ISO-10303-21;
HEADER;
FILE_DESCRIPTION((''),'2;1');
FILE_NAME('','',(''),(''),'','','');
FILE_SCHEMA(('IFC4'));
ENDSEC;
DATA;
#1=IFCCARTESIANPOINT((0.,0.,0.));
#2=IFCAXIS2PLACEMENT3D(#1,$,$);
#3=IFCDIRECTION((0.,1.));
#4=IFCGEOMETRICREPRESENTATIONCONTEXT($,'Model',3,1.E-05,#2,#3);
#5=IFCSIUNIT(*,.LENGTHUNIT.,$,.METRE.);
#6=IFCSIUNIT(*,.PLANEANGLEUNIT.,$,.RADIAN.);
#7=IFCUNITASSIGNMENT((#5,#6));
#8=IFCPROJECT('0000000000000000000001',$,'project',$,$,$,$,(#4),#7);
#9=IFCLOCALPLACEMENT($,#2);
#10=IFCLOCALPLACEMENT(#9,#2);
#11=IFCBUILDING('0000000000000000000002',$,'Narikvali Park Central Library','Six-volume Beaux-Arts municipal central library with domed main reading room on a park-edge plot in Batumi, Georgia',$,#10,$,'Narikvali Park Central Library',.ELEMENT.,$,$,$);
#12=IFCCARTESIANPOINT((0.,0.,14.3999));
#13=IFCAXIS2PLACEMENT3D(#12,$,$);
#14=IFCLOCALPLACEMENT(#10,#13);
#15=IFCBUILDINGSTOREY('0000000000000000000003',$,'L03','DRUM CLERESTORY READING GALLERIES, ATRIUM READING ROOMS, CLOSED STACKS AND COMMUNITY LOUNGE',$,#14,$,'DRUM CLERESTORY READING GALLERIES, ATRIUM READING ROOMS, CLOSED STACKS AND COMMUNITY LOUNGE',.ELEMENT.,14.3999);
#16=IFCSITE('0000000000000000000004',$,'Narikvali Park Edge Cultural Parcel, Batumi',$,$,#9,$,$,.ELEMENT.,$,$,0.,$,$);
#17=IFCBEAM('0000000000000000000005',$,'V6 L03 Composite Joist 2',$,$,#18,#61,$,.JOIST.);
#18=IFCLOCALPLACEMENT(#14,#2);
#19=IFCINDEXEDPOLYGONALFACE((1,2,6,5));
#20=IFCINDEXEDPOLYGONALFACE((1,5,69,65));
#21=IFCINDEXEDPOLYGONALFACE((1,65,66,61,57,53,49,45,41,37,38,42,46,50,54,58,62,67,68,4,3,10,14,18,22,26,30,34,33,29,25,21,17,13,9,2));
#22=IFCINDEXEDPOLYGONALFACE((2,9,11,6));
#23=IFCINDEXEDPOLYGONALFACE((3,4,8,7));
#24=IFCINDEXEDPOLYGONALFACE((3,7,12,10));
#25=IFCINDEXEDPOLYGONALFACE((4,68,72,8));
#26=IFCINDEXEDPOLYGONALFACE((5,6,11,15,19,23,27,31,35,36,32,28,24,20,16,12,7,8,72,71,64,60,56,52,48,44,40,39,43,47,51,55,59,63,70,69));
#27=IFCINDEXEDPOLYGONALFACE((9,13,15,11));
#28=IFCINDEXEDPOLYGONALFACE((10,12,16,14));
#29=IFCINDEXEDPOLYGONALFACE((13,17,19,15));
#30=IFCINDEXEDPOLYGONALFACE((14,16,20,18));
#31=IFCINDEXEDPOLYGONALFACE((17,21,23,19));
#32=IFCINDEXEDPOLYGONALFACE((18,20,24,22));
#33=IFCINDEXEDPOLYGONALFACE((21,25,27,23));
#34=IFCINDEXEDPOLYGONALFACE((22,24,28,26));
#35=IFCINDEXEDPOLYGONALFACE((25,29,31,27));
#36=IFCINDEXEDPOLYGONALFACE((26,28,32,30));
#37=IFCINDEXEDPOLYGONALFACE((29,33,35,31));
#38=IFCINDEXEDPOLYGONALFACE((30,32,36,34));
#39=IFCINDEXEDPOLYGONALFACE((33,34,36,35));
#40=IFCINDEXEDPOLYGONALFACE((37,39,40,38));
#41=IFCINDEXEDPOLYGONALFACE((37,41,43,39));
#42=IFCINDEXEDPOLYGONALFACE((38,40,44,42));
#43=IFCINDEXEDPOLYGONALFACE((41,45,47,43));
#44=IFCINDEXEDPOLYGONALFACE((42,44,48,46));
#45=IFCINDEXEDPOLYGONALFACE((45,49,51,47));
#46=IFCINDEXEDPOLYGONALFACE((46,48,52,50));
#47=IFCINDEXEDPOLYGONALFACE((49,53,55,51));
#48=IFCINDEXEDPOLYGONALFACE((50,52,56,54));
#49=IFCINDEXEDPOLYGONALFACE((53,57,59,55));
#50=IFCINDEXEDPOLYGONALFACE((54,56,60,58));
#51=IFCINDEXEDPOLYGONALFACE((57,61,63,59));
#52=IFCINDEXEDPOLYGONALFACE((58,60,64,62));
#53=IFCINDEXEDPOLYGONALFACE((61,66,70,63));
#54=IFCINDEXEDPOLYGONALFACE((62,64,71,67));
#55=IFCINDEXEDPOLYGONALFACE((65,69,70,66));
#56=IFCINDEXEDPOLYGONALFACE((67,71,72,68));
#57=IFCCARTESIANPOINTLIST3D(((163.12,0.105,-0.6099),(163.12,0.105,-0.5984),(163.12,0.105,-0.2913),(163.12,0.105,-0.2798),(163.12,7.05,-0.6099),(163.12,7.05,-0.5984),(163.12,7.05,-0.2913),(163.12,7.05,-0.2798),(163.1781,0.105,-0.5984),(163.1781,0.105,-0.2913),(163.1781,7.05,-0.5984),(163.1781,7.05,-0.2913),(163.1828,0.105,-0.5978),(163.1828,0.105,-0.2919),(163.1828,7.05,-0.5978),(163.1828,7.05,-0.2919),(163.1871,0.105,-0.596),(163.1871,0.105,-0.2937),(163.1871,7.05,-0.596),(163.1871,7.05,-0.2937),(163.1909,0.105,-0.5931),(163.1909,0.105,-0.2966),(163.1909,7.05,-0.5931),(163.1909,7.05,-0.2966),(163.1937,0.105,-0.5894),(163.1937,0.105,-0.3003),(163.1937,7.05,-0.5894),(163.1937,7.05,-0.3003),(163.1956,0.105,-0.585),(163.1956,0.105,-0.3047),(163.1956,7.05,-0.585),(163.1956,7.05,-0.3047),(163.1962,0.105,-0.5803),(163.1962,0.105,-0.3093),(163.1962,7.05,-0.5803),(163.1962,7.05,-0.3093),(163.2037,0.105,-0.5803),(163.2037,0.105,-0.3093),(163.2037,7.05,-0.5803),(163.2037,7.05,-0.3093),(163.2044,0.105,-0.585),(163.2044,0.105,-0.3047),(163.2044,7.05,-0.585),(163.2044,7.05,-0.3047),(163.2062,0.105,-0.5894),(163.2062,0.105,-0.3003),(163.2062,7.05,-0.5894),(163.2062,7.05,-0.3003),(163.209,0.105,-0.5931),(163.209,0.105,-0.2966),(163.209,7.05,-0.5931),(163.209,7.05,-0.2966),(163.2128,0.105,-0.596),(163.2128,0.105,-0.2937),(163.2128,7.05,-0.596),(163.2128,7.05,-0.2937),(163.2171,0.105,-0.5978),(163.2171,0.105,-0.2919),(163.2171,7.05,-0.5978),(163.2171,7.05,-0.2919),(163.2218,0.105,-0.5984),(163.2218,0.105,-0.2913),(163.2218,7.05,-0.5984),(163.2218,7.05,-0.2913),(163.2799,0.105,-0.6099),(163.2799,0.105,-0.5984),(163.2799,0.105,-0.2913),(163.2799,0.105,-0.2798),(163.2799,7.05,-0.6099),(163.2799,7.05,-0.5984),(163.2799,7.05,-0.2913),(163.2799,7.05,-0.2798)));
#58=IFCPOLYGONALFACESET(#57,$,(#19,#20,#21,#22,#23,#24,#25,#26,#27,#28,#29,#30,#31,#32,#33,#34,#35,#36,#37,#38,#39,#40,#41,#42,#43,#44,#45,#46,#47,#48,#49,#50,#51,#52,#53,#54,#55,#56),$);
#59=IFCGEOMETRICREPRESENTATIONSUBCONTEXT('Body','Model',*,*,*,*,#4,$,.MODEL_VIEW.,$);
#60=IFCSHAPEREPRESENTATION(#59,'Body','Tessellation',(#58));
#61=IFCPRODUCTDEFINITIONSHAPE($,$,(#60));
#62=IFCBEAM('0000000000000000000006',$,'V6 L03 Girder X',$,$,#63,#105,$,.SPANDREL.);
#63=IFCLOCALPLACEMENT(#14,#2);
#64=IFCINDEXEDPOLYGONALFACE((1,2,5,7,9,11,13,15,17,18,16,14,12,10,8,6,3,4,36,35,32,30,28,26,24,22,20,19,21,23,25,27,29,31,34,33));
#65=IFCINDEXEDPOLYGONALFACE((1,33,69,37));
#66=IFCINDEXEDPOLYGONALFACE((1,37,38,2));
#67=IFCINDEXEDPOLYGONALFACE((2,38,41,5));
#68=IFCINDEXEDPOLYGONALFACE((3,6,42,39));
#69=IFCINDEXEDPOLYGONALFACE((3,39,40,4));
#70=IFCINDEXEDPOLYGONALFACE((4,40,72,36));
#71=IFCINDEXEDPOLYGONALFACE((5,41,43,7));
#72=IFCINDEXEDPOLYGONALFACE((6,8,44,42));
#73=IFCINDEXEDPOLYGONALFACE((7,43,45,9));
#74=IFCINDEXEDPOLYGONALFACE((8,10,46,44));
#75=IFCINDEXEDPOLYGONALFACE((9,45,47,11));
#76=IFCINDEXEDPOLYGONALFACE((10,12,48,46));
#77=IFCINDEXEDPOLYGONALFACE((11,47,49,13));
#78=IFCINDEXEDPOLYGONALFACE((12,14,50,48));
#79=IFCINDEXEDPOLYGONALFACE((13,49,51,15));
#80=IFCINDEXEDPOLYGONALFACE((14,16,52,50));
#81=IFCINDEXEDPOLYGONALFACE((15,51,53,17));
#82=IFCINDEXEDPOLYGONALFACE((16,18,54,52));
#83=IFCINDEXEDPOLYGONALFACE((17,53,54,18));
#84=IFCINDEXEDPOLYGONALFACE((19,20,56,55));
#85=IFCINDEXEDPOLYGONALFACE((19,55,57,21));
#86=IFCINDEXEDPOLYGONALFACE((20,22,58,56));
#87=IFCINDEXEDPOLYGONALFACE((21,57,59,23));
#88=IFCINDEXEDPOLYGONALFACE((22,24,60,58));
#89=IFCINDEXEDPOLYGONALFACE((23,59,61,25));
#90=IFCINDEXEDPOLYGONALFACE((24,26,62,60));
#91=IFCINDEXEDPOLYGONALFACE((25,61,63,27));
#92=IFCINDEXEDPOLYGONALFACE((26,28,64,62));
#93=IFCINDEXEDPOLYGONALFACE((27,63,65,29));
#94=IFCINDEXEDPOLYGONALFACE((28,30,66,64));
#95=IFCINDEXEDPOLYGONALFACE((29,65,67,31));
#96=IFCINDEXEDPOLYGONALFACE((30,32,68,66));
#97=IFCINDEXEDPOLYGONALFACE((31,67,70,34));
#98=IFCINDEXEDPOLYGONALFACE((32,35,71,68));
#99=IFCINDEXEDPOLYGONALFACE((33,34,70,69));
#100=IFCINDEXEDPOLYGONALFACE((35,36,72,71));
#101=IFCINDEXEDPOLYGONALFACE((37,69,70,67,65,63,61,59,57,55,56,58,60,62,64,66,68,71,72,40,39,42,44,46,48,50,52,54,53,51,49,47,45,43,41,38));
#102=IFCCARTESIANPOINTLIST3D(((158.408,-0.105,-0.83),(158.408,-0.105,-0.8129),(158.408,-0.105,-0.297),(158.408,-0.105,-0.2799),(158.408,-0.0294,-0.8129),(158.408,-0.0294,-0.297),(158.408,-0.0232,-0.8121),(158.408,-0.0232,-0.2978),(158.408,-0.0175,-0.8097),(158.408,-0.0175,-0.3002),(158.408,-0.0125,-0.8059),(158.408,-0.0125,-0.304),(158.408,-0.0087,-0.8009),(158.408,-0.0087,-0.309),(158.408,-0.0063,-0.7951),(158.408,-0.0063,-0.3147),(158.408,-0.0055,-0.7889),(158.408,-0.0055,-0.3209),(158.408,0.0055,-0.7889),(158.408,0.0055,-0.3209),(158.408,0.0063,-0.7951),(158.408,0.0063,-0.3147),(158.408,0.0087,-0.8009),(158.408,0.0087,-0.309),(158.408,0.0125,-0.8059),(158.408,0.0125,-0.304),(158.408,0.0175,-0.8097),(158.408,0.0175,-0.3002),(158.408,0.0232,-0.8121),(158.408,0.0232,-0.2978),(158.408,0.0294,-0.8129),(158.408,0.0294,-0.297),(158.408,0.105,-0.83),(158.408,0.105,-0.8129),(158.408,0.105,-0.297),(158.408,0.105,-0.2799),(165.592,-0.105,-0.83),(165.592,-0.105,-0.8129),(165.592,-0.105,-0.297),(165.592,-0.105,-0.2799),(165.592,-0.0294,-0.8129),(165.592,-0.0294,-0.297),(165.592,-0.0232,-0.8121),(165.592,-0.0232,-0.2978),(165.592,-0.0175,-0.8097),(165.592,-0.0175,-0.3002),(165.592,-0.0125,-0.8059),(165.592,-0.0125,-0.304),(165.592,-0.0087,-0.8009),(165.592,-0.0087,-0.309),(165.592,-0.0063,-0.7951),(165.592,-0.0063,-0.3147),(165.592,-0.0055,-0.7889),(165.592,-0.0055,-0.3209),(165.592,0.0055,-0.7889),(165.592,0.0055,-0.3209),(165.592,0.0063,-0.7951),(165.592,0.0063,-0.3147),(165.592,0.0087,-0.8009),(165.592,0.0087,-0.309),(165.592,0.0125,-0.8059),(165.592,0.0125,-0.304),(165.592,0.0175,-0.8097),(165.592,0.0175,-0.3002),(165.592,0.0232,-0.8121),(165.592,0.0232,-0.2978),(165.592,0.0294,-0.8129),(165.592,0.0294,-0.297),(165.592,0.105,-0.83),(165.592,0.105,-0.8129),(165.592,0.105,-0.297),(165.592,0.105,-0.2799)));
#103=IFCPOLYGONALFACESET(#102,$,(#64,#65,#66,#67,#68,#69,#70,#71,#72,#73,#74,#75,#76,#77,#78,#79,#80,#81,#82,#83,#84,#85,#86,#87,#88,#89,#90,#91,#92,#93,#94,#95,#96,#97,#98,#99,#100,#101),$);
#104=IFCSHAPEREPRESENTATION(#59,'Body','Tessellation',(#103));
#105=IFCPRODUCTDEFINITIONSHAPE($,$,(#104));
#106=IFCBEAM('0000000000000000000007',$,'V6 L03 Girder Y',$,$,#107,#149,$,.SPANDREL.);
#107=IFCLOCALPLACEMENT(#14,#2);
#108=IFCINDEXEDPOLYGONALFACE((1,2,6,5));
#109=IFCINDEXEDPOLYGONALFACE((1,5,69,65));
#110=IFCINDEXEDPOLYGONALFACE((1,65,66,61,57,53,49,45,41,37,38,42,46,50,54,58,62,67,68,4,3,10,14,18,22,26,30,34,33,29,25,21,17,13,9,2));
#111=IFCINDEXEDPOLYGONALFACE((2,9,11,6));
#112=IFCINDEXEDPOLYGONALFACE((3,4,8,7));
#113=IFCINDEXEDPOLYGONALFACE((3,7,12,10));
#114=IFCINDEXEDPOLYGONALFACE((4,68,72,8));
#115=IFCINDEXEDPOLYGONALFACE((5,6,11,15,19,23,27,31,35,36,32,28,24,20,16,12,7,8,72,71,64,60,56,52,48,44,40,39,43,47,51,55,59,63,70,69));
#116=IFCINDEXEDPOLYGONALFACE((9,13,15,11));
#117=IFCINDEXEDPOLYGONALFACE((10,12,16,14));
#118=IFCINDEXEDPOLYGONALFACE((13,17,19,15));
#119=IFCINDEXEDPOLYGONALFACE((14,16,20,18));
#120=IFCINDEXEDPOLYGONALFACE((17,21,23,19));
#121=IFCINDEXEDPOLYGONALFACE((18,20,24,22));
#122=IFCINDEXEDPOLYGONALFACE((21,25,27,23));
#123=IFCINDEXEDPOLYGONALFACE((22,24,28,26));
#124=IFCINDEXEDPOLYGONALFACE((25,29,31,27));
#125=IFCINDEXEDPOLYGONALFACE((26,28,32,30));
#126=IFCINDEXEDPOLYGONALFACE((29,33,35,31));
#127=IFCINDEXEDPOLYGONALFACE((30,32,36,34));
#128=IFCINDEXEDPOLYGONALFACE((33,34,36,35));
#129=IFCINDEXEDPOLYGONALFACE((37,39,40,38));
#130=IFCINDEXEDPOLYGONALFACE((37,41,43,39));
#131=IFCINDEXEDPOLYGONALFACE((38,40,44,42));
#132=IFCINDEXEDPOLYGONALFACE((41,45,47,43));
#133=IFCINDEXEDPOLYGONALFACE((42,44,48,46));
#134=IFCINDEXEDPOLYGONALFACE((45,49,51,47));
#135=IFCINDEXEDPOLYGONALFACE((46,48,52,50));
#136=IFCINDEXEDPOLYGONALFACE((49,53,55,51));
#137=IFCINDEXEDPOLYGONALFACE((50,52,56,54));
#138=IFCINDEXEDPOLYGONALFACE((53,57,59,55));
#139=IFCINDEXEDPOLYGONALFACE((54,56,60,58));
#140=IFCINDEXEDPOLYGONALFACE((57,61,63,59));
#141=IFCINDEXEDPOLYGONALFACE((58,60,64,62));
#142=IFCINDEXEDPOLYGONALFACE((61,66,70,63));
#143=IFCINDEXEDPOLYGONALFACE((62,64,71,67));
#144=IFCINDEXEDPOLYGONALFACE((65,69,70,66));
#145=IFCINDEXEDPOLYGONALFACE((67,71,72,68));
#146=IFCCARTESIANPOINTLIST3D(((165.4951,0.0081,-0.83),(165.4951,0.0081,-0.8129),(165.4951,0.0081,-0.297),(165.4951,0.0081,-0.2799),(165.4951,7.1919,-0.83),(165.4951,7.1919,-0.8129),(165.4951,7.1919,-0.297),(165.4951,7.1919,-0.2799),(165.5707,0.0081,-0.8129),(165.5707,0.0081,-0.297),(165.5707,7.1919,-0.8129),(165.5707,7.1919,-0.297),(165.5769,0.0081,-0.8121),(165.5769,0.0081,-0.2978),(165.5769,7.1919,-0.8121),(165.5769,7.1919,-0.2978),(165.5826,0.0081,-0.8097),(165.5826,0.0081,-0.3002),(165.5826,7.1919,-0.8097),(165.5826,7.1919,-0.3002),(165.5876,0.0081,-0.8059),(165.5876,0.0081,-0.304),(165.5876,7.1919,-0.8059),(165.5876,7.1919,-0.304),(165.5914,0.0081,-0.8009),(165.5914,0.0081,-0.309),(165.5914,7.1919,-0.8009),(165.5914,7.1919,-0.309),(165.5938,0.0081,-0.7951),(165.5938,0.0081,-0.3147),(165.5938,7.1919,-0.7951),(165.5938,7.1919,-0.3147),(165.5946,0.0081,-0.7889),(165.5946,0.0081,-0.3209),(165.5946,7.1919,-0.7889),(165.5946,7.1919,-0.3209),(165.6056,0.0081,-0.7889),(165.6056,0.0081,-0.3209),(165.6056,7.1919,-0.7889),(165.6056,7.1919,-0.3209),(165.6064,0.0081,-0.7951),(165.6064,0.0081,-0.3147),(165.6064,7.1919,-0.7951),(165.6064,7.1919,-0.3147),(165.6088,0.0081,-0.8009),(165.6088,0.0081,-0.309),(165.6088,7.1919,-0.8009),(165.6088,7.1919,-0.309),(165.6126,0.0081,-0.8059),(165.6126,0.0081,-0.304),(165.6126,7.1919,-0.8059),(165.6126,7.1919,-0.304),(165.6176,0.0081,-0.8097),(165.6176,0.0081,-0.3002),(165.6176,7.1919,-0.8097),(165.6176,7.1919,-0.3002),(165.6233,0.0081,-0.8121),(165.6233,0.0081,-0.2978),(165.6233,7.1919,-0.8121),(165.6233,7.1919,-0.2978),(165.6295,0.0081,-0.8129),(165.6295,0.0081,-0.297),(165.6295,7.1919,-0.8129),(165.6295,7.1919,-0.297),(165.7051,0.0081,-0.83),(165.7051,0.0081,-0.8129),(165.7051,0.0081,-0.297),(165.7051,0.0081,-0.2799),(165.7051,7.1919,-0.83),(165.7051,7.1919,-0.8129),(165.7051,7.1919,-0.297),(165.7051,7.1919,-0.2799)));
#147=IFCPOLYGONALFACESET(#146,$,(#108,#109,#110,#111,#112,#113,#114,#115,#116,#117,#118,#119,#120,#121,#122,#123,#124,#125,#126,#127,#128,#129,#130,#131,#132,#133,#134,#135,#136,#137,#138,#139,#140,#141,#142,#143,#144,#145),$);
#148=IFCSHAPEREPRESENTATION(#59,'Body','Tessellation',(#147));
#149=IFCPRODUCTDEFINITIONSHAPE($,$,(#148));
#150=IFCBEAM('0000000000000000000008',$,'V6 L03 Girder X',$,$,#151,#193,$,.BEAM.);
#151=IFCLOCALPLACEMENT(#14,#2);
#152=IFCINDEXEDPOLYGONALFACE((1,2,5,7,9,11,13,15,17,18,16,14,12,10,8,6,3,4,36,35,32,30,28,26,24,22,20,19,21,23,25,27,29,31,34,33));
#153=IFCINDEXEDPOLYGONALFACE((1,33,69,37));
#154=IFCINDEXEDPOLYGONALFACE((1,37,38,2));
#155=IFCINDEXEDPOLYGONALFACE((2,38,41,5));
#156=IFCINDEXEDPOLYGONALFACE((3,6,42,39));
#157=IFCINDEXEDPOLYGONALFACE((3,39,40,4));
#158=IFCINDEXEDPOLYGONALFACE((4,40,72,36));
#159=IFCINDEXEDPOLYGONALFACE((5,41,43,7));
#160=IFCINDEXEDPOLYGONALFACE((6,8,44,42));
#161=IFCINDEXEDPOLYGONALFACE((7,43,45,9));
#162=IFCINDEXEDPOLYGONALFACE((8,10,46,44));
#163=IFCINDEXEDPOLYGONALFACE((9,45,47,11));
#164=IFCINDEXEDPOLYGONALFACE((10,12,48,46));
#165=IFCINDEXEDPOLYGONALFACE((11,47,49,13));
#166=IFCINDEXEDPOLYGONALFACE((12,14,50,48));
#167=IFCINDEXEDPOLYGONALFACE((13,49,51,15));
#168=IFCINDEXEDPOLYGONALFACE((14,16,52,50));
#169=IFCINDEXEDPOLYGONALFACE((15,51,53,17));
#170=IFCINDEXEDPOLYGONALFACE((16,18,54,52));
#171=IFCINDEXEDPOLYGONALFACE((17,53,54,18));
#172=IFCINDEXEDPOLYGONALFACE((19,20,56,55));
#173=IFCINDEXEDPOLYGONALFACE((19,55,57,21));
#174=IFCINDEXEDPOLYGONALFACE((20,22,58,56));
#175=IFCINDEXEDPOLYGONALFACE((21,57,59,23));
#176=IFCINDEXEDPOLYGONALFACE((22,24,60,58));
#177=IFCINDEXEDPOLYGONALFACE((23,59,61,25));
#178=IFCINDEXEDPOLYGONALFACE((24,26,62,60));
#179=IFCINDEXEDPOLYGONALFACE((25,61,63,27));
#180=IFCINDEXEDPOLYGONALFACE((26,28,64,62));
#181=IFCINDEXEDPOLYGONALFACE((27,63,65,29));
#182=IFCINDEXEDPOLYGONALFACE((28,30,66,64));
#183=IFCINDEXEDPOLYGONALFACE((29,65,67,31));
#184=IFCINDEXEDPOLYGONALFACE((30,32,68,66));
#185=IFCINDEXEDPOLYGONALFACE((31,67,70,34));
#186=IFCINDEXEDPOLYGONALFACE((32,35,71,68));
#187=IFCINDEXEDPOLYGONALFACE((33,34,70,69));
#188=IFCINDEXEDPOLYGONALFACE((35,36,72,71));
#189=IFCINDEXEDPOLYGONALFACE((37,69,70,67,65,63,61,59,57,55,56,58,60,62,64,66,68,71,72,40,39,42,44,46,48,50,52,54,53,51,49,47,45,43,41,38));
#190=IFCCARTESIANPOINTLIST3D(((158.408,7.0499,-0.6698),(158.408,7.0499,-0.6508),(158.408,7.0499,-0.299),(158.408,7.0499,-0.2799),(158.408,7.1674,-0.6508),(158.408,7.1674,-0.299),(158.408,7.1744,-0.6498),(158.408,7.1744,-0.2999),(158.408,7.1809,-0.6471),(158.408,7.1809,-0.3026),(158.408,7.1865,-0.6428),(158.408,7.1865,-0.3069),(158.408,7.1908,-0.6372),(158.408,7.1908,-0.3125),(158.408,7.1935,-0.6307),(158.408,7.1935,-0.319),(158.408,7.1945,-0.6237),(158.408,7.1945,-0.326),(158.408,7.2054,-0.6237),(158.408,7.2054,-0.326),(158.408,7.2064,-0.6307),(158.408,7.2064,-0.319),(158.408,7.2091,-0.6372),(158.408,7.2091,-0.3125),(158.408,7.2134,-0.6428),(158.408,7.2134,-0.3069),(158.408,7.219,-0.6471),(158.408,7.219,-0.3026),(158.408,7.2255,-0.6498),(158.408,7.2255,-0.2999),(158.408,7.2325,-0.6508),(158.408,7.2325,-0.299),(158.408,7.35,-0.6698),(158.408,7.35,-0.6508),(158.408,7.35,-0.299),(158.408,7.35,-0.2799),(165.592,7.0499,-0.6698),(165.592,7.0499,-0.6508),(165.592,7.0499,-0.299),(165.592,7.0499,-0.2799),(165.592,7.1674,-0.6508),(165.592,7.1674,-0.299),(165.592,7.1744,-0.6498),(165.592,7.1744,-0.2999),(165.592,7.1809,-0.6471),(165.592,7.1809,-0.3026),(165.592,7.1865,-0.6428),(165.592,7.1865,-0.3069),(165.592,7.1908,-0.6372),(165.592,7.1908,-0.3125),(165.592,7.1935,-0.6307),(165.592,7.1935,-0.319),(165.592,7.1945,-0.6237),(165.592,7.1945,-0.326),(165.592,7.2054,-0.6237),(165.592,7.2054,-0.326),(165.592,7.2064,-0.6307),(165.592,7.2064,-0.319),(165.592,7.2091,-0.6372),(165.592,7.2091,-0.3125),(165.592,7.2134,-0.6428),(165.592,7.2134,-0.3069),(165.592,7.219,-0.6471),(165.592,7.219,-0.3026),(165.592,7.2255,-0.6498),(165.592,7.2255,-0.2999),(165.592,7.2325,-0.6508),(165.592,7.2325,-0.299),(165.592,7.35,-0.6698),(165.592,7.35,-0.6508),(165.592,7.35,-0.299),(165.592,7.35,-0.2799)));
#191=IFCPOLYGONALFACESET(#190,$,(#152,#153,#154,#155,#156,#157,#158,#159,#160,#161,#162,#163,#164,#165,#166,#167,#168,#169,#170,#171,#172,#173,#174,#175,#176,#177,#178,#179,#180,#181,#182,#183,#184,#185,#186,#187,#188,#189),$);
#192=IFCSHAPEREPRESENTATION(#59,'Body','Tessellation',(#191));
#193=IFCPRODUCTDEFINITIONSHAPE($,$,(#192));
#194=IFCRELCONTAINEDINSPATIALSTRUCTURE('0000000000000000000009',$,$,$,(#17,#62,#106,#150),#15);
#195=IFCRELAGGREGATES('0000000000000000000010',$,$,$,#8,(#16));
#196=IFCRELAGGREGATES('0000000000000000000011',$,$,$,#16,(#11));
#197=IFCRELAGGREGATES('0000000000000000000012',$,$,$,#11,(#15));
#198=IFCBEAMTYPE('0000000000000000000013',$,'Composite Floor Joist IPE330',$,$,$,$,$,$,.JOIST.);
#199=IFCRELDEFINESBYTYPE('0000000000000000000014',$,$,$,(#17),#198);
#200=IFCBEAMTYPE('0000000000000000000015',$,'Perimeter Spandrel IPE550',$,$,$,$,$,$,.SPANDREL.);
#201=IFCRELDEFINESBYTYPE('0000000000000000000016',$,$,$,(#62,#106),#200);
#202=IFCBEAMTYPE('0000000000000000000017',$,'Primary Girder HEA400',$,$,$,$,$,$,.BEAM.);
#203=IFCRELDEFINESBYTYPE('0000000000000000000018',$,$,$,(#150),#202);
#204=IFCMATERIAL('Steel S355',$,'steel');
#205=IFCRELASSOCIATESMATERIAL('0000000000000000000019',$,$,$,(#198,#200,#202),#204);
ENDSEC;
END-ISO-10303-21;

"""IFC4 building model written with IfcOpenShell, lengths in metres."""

from ifc_helpers import new_model, si_unit, direction, frame, origin, origin_2d, place, context, subcontext, project, spatial, i_section, extrude, material, material_profile, profile_set, type_object, element, save


model = new_model("IFC4")

# Units and contexts
model_context = context("Model", 3, precision=1e-05, world=origin(), true_north=direction((0.0, 1.0)))
body_context = subcontext(model_context, "Body", "Model", "MODEL_VIEW")
ifc_project = project(units=[si_unit("LENGTHUNIT", "METRE"), si_unit("PLANEANGLEUNIT", "RADIAN")], contexts=[model_context])

# Site, building, storey
site_placement = place(None, origin())
site = spatial("IfcSite", under=ifc_project, at=site_placement, Name="Narikvali Park Edge Cultural Parcel, Batumi", CompositionType="ELEMENT", RefElevation=0.0)
building_placement = place(site_placement, origin())
building = spatial("IfcBuilding", under=site, at=building_placement, Name="Narikvali Park Central Library", Description="Six-volume Beaux-Arts municipal central library with domed main reading room on a park-edge plot in Batumi, Georgia", LongName="Narikvali Park Central Library", CompositionType="ELEMENT")
storey_placement = place(building_placement, frame((0.0, 0.0, 14.3999)))
storey = spatial("IfcBuildingStorey", under=building, at=storey_placement, Name="L03", Description="DRUM CLERESTORY READING GALLERIES, ATRIUM READING ROOMS, CLOSED STACKS AND COMMUNITY LOUNGE", LongName="DRUM CLERESTORY READING GALLERIES, ATRIUM READING ROOMS, CLOSED STACKS AND COMMUNITY LOUNGE", CompositionType="ELEMENT", Elevation=14.3999)

# Shared definitions
ifc_material_1 = material(Name="Steel S355", Category="steel")

# Beams
ifc_material_profile_1 = material_profile(ifc_material_1, i_section(OverallWidth=0.1599, OverallDepth=0.3301, WebThickness=0.0076, FlangeThickness=0.0115, FilletRadius=0.0181, at=origin_2d()), Name="IPE 330")
ifc_profile_set_1 = profile_set([ifc_material_profile_1], Name="Steel S355")
beam_type_1 = type_object("IfcBeamType", Name="Composite Floor Joist IPE330", PredefinedType="JOIST", material=ifc_profile_set_1)
for number, where, z_axis, x_axis, name in (
    (1, (163.2, 0.105, -0.4448), (0.0, 1.0, 0.0), (-1.0, 0.0, 0.0), "V6 L03 Composite Joist 2"),
):
    element("IfcBeam", number, at=place(storey_placement, frame(where, z_axis=z_axis, x_axis=x_axis)), inside=storey, type_object=beam_type_1, Name=name, PredefinedType="JOIST", context=body_context, shape_type="SweptSolid", body=[
        extrude(i_section(OverallWidth=0.1599, OverallDepth=0.3301, WebThickness=0.0076, FlangeThickness=0.0115, FilletRadius=0.0181, at=origin_2d()), origin(), (0.0, 0.0, 1.0), 6.9451),
    ])
ifc_material_profile_2 = material_profile(ifc_material_1, i_section(OverallWidth=0.21, OverallDepth=0.55, WebThickness=0.011, FlangeThickness=0.0171, FilletRadius=0.0239, at=origin_2d()), Name="IPE 550")
ifc_profile_set_2 = profile_set([ifc_material_profile_2], Name="Steel S355")
beam_type_2 = type_object("IfcBeamType", Name="Perimeter Spandrel IPE550", PredefinedType="SPANDREL", material=ifc_profile_set_2)
beam_1_placement = place(storey_placement, frame((158.408, 0.0, -0.5549), z_axis=(1.0, 0.0, 0.0), x_axis=(0.0, 1.0, 0.0)))
element("IfcBeam", 2, at=beam_1_placement, inside=storey, type_object=beam_type_2, Name="V6 L03 Girder X", PredefinedType="SPANDREL", context=body_context, shape_type="SweptSolid", body=[
    extrude(i_section(OverallWidth=0.21, OverallDepth=0.55, WebThickness=0.011, FlangeThickness=0.0171, FilletRadius=0.0239, at=origin_2d()), origin(), (0.0, 0.0, 1.0), 7.1841),
])
beam_2_placement = place(storey_placement, frame((165.6001, 0.0081, -0.5549), z_axis=(0.0, 1.0, 0.0), x_axis=(-1.0, 0.0, 0.0)))
element("IfcBeam", 3, at=beam_2_placement, inside=storey, type_object=beam_type_2, Name="V6 L03 Girder Y", PredefinedType="SPANDREL", context=body_context, shape_type="SweptSolid", body=[
    extrude(i_section(OverallWidth=0.21, OverallDepth=0.55, WebThickness=0.011, FlangeThickness=0.0171, FilletRadius=0.0239, at=origin_2d()), origin(), (0.0, 0.0, 1.0), 7.1838),
])
ifc_material_profile_3 = material_profile(ifc_material_1, i_section(OverallWidth=0.3, OverallDepth=0.3899, WebThickness=0.011, FlangeThickness=0.019, FilletRadius=0.0271, at=origin_2d()), Name="HEA 400")
ifc_profile_set_3 = profile_set([ifc_material_profile_3], Name="Steel S355")
beam_type_3 = type_object("IfcBeamType", Name="Primary Girder HEA400", PredefinedType="BEAM", material=ifc_profile_set_3)
beam_3_placement = place(storey_placement, frame((158.408, 7.2, -0.4749), z_axis=(1.0, 0.0, 0.0), x_axis=(0.0, 1.0, 0.0)))
element("IfcBeam", 4, at=beam_3_placement, inside=storey, type_object=beam_type_3, Name="V6 L03 Girder X", PredefinedType="BEAM", context=body_context, shape_type="SweptSolid", body=[
    extrude(i_section(OverallWidth=0.3, OverallDepth=0.3899, WebThickness=0.011, FlangeThickness=0.019, FilletRadius=0.0271, at=origin_2d()), origin(), (0.0, 0.0, 1.0), 7.1841),
])

save(model, "model.ifc")
